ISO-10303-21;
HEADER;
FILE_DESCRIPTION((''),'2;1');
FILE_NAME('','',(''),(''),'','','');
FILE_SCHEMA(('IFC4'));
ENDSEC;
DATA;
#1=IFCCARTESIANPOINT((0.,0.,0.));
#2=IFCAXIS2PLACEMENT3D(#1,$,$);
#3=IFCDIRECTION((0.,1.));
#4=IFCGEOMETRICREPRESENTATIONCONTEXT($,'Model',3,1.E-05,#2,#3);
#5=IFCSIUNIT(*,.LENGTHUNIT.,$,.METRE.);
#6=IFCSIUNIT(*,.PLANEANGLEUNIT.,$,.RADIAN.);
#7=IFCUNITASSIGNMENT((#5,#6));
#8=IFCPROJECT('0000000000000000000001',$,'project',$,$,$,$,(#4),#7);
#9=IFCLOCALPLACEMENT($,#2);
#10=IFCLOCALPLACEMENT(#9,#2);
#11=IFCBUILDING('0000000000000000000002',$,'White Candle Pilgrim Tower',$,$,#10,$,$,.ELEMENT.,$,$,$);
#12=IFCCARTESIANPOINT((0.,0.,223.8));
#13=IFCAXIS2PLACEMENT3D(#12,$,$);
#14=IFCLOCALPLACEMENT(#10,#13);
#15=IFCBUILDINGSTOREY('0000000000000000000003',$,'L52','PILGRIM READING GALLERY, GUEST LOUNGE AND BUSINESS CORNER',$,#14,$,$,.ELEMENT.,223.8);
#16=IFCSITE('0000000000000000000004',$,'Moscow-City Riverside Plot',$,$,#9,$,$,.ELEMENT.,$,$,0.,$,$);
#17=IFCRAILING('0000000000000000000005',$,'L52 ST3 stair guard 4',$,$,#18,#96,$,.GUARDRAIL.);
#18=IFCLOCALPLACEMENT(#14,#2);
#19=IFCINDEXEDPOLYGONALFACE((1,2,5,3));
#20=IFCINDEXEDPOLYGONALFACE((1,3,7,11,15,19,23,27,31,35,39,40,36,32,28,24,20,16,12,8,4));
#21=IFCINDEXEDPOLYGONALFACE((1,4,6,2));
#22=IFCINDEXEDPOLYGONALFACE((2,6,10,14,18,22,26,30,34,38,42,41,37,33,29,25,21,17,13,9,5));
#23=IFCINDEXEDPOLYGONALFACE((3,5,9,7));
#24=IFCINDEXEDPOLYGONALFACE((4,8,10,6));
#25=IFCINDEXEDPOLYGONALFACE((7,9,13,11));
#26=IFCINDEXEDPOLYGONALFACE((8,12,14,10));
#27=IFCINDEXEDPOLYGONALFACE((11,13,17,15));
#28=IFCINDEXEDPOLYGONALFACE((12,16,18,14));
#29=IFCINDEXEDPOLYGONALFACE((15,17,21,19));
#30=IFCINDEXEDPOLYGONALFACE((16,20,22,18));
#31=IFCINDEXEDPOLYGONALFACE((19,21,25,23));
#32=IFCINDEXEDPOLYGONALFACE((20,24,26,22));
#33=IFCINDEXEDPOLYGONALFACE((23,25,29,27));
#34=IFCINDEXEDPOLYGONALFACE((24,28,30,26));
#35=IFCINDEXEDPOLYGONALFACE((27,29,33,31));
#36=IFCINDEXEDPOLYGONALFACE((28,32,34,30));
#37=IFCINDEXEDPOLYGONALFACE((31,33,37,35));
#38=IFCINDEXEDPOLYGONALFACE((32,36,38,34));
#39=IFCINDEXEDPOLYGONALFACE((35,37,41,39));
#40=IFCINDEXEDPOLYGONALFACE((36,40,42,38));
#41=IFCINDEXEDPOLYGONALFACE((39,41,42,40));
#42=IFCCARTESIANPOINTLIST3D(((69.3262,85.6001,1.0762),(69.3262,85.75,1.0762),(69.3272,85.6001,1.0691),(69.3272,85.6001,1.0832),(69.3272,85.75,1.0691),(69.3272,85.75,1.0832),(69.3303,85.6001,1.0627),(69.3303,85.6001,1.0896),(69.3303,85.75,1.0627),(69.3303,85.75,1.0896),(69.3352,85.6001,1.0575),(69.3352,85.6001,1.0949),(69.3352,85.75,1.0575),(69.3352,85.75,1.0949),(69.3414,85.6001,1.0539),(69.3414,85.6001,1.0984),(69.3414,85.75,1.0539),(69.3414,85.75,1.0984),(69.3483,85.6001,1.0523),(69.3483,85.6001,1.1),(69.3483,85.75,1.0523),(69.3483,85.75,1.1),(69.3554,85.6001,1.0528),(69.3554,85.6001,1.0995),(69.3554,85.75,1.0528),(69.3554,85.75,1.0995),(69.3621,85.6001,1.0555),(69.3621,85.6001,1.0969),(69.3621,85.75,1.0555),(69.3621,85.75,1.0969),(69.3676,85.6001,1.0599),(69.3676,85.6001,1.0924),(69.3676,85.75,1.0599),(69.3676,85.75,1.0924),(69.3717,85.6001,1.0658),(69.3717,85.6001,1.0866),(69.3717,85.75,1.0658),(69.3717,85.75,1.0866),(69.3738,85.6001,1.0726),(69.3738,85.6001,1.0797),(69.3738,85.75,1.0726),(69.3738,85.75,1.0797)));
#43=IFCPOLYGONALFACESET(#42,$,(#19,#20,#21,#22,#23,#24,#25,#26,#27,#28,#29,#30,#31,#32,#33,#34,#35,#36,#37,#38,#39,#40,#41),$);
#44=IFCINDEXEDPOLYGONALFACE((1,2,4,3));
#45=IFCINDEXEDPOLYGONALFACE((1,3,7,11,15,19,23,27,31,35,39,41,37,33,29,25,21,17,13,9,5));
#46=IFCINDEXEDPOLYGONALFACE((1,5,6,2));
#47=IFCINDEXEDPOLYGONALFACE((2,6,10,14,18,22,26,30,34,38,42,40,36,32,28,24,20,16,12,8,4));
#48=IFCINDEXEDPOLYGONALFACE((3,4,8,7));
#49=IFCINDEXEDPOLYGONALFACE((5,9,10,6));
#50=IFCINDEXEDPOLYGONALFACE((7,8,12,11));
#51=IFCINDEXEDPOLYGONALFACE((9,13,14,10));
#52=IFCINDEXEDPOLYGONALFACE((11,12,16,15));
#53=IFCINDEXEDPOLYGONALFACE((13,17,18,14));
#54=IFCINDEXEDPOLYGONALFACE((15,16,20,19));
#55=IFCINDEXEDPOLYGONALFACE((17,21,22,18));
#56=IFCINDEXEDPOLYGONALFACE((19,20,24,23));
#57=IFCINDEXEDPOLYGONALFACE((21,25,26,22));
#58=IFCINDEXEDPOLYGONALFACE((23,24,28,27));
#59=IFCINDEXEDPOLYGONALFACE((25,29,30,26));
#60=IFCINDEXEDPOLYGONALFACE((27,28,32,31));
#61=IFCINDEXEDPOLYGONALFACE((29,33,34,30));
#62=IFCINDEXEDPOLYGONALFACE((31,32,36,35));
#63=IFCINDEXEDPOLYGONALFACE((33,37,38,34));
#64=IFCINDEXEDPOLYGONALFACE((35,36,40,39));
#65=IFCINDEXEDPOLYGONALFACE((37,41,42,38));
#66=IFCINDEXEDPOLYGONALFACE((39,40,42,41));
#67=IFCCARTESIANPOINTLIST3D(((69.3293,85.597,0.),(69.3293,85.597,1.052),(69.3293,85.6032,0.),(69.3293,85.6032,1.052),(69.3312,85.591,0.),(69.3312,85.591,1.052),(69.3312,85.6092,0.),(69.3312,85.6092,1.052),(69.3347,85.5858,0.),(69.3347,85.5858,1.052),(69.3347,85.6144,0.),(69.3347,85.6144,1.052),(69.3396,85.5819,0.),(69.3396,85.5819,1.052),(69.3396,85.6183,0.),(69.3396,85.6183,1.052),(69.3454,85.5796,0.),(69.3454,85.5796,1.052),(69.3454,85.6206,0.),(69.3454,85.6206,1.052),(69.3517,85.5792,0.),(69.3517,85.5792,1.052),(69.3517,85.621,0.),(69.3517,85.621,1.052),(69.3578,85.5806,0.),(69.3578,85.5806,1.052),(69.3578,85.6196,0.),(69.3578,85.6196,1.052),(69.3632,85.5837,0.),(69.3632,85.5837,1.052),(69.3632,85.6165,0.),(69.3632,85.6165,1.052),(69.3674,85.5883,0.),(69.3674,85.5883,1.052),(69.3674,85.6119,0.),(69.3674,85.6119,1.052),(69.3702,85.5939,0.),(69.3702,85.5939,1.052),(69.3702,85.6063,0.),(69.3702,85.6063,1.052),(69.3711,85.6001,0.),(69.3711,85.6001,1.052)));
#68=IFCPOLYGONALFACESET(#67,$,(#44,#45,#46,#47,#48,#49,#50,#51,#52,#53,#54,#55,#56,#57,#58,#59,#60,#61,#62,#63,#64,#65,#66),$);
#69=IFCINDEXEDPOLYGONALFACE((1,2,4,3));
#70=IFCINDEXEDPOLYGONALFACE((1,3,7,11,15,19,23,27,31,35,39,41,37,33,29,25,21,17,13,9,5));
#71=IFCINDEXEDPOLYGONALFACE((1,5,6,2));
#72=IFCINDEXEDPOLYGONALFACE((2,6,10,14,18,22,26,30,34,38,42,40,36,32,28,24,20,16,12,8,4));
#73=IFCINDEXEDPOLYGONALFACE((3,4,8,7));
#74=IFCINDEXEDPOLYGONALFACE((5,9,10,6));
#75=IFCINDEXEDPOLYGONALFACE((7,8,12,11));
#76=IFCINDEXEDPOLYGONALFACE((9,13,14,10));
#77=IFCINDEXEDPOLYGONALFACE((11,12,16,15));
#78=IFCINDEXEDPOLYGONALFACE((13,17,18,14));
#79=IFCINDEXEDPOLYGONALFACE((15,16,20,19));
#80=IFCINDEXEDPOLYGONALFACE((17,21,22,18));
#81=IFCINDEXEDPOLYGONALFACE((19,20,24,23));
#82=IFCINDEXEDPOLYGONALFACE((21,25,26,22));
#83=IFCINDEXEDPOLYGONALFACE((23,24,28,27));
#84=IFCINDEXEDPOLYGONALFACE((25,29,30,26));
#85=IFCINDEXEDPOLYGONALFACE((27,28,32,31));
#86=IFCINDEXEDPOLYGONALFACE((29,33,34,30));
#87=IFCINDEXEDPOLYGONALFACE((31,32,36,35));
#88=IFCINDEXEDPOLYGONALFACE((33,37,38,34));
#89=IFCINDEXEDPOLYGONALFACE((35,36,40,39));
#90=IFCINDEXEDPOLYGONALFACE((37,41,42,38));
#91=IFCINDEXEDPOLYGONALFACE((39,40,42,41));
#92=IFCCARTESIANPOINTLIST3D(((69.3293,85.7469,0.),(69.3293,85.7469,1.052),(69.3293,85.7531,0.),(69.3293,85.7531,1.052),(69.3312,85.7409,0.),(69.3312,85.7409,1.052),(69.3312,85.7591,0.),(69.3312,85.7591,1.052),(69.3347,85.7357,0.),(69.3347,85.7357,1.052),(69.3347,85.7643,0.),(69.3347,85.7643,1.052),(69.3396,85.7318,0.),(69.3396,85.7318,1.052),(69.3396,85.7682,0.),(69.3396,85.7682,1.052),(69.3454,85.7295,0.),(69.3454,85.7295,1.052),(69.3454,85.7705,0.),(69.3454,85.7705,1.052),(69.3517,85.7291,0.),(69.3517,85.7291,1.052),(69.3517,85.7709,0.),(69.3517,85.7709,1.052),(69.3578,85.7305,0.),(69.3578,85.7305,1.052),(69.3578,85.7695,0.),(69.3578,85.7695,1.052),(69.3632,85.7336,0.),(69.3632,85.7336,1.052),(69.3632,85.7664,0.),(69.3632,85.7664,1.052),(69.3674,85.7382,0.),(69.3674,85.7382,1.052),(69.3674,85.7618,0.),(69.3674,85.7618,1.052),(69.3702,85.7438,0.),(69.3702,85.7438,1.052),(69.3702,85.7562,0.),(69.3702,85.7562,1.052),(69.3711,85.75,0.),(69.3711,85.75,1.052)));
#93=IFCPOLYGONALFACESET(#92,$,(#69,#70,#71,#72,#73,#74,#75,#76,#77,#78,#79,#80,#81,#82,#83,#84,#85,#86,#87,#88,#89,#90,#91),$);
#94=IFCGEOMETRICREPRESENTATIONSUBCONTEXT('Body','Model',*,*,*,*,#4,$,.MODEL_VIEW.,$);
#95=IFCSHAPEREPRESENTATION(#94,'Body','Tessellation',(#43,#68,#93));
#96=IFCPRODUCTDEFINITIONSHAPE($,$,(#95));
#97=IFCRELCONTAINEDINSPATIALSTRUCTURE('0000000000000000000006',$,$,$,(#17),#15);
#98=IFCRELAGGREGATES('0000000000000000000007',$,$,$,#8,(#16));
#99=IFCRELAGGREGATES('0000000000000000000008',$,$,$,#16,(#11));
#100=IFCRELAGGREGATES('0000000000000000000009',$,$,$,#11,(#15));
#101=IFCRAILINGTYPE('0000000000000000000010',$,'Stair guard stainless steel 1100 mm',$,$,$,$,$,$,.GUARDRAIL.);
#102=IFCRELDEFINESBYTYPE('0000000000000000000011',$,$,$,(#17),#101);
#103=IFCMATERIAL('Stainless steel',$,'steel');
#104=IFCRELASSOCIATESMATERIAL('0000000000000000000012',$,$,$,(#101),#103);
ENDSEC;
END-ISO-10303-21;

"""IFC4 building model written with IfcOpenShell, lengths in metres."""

from ifc_helpers import new_model, si_unit, direction, frame, origin, origin_2d, place, context, subcontext, project, spatial, circle, extrude, material, type_object, element, save


model = new_model("IFC4")

# Units and contexts
model_context = context("Model", 3, precision=1e-05, world=origin(), true_north=direction((0.0, 1.0)))
body_context = subcontext(model_context, "Body", "Model", "MODEL_VIEW")
ifc_project = project(units=[si_unit("LENGTHUNIT", "METRE"), si_unit("PLANEANGLEUNIT", "RADIAN")], contexts=[model_context])

# Site, building, storey
site_placement = place(None, origin())
site = spatial("IfcSite", under=ifc_project, at=site_placement, Name="Moscow-City Riverside Plot", CompositionType="ELEMENT", RefElevation=0.0)
building_placement = place(site_placement, origin())
building = spatial("IfcBuilding", under=site, at=building_placement, Name="White Candle Pilgrim Tower", CompositionType="ELEMENT")
storey_placement = place(building_placement, frame((0.0, 0.0, 223.8)))
storey = spatial("IfcBuildingStorey", under=building, at=storey_placement, Name="L52", Description="PILGRIM READING GALLERY, GUEST LOUNGE AND BUSINESS CORNER", CompositionType="ELEMENT", Elevation=223.8)

# Shared definitions
ifc_material_1 = material(Name="Stainless steel", Category="steel")

# Railing
railing_type_1 = type_object("IfcRailingType", Name="Stair guard stainless steel 1100 mm", PredefinedType="GUARDRAIL", material=ifc_material_1)
railing_1_placement = place(storey_placement, frame((69.3501, 85.6001, 0.0)))
element("IfcRailing", 1, at=railing_1_placement, inside=storey, type_object=railing_type_1, Name="L52 ST3 stair guard 4", PredefinedType="GUARDRAIL", context=body_context, shape_type="SweptSolid", body=[
    extrude(circle(Radius=0.0239, at=origin_2d()), frame((0.0, 0.0, 1.0762), z_axis=(0.0, 1.0, 0.0), x_axis=(-1.0, 0.0, 0.0)), (0.0, 0.0, 1.0), 0.1499),
    extrude(circle(Radius=0.021, at=origin_2d()), origin(), (0.0, 0.0, 1.0), 1.052),
    extrude(circle(Radius=0.021, at=origin_2d()), frame((0.0, 0.1499, 0.0)), (0.0, 0.0, 1.0), 1.052),
])

save(model, "model.ifc")
